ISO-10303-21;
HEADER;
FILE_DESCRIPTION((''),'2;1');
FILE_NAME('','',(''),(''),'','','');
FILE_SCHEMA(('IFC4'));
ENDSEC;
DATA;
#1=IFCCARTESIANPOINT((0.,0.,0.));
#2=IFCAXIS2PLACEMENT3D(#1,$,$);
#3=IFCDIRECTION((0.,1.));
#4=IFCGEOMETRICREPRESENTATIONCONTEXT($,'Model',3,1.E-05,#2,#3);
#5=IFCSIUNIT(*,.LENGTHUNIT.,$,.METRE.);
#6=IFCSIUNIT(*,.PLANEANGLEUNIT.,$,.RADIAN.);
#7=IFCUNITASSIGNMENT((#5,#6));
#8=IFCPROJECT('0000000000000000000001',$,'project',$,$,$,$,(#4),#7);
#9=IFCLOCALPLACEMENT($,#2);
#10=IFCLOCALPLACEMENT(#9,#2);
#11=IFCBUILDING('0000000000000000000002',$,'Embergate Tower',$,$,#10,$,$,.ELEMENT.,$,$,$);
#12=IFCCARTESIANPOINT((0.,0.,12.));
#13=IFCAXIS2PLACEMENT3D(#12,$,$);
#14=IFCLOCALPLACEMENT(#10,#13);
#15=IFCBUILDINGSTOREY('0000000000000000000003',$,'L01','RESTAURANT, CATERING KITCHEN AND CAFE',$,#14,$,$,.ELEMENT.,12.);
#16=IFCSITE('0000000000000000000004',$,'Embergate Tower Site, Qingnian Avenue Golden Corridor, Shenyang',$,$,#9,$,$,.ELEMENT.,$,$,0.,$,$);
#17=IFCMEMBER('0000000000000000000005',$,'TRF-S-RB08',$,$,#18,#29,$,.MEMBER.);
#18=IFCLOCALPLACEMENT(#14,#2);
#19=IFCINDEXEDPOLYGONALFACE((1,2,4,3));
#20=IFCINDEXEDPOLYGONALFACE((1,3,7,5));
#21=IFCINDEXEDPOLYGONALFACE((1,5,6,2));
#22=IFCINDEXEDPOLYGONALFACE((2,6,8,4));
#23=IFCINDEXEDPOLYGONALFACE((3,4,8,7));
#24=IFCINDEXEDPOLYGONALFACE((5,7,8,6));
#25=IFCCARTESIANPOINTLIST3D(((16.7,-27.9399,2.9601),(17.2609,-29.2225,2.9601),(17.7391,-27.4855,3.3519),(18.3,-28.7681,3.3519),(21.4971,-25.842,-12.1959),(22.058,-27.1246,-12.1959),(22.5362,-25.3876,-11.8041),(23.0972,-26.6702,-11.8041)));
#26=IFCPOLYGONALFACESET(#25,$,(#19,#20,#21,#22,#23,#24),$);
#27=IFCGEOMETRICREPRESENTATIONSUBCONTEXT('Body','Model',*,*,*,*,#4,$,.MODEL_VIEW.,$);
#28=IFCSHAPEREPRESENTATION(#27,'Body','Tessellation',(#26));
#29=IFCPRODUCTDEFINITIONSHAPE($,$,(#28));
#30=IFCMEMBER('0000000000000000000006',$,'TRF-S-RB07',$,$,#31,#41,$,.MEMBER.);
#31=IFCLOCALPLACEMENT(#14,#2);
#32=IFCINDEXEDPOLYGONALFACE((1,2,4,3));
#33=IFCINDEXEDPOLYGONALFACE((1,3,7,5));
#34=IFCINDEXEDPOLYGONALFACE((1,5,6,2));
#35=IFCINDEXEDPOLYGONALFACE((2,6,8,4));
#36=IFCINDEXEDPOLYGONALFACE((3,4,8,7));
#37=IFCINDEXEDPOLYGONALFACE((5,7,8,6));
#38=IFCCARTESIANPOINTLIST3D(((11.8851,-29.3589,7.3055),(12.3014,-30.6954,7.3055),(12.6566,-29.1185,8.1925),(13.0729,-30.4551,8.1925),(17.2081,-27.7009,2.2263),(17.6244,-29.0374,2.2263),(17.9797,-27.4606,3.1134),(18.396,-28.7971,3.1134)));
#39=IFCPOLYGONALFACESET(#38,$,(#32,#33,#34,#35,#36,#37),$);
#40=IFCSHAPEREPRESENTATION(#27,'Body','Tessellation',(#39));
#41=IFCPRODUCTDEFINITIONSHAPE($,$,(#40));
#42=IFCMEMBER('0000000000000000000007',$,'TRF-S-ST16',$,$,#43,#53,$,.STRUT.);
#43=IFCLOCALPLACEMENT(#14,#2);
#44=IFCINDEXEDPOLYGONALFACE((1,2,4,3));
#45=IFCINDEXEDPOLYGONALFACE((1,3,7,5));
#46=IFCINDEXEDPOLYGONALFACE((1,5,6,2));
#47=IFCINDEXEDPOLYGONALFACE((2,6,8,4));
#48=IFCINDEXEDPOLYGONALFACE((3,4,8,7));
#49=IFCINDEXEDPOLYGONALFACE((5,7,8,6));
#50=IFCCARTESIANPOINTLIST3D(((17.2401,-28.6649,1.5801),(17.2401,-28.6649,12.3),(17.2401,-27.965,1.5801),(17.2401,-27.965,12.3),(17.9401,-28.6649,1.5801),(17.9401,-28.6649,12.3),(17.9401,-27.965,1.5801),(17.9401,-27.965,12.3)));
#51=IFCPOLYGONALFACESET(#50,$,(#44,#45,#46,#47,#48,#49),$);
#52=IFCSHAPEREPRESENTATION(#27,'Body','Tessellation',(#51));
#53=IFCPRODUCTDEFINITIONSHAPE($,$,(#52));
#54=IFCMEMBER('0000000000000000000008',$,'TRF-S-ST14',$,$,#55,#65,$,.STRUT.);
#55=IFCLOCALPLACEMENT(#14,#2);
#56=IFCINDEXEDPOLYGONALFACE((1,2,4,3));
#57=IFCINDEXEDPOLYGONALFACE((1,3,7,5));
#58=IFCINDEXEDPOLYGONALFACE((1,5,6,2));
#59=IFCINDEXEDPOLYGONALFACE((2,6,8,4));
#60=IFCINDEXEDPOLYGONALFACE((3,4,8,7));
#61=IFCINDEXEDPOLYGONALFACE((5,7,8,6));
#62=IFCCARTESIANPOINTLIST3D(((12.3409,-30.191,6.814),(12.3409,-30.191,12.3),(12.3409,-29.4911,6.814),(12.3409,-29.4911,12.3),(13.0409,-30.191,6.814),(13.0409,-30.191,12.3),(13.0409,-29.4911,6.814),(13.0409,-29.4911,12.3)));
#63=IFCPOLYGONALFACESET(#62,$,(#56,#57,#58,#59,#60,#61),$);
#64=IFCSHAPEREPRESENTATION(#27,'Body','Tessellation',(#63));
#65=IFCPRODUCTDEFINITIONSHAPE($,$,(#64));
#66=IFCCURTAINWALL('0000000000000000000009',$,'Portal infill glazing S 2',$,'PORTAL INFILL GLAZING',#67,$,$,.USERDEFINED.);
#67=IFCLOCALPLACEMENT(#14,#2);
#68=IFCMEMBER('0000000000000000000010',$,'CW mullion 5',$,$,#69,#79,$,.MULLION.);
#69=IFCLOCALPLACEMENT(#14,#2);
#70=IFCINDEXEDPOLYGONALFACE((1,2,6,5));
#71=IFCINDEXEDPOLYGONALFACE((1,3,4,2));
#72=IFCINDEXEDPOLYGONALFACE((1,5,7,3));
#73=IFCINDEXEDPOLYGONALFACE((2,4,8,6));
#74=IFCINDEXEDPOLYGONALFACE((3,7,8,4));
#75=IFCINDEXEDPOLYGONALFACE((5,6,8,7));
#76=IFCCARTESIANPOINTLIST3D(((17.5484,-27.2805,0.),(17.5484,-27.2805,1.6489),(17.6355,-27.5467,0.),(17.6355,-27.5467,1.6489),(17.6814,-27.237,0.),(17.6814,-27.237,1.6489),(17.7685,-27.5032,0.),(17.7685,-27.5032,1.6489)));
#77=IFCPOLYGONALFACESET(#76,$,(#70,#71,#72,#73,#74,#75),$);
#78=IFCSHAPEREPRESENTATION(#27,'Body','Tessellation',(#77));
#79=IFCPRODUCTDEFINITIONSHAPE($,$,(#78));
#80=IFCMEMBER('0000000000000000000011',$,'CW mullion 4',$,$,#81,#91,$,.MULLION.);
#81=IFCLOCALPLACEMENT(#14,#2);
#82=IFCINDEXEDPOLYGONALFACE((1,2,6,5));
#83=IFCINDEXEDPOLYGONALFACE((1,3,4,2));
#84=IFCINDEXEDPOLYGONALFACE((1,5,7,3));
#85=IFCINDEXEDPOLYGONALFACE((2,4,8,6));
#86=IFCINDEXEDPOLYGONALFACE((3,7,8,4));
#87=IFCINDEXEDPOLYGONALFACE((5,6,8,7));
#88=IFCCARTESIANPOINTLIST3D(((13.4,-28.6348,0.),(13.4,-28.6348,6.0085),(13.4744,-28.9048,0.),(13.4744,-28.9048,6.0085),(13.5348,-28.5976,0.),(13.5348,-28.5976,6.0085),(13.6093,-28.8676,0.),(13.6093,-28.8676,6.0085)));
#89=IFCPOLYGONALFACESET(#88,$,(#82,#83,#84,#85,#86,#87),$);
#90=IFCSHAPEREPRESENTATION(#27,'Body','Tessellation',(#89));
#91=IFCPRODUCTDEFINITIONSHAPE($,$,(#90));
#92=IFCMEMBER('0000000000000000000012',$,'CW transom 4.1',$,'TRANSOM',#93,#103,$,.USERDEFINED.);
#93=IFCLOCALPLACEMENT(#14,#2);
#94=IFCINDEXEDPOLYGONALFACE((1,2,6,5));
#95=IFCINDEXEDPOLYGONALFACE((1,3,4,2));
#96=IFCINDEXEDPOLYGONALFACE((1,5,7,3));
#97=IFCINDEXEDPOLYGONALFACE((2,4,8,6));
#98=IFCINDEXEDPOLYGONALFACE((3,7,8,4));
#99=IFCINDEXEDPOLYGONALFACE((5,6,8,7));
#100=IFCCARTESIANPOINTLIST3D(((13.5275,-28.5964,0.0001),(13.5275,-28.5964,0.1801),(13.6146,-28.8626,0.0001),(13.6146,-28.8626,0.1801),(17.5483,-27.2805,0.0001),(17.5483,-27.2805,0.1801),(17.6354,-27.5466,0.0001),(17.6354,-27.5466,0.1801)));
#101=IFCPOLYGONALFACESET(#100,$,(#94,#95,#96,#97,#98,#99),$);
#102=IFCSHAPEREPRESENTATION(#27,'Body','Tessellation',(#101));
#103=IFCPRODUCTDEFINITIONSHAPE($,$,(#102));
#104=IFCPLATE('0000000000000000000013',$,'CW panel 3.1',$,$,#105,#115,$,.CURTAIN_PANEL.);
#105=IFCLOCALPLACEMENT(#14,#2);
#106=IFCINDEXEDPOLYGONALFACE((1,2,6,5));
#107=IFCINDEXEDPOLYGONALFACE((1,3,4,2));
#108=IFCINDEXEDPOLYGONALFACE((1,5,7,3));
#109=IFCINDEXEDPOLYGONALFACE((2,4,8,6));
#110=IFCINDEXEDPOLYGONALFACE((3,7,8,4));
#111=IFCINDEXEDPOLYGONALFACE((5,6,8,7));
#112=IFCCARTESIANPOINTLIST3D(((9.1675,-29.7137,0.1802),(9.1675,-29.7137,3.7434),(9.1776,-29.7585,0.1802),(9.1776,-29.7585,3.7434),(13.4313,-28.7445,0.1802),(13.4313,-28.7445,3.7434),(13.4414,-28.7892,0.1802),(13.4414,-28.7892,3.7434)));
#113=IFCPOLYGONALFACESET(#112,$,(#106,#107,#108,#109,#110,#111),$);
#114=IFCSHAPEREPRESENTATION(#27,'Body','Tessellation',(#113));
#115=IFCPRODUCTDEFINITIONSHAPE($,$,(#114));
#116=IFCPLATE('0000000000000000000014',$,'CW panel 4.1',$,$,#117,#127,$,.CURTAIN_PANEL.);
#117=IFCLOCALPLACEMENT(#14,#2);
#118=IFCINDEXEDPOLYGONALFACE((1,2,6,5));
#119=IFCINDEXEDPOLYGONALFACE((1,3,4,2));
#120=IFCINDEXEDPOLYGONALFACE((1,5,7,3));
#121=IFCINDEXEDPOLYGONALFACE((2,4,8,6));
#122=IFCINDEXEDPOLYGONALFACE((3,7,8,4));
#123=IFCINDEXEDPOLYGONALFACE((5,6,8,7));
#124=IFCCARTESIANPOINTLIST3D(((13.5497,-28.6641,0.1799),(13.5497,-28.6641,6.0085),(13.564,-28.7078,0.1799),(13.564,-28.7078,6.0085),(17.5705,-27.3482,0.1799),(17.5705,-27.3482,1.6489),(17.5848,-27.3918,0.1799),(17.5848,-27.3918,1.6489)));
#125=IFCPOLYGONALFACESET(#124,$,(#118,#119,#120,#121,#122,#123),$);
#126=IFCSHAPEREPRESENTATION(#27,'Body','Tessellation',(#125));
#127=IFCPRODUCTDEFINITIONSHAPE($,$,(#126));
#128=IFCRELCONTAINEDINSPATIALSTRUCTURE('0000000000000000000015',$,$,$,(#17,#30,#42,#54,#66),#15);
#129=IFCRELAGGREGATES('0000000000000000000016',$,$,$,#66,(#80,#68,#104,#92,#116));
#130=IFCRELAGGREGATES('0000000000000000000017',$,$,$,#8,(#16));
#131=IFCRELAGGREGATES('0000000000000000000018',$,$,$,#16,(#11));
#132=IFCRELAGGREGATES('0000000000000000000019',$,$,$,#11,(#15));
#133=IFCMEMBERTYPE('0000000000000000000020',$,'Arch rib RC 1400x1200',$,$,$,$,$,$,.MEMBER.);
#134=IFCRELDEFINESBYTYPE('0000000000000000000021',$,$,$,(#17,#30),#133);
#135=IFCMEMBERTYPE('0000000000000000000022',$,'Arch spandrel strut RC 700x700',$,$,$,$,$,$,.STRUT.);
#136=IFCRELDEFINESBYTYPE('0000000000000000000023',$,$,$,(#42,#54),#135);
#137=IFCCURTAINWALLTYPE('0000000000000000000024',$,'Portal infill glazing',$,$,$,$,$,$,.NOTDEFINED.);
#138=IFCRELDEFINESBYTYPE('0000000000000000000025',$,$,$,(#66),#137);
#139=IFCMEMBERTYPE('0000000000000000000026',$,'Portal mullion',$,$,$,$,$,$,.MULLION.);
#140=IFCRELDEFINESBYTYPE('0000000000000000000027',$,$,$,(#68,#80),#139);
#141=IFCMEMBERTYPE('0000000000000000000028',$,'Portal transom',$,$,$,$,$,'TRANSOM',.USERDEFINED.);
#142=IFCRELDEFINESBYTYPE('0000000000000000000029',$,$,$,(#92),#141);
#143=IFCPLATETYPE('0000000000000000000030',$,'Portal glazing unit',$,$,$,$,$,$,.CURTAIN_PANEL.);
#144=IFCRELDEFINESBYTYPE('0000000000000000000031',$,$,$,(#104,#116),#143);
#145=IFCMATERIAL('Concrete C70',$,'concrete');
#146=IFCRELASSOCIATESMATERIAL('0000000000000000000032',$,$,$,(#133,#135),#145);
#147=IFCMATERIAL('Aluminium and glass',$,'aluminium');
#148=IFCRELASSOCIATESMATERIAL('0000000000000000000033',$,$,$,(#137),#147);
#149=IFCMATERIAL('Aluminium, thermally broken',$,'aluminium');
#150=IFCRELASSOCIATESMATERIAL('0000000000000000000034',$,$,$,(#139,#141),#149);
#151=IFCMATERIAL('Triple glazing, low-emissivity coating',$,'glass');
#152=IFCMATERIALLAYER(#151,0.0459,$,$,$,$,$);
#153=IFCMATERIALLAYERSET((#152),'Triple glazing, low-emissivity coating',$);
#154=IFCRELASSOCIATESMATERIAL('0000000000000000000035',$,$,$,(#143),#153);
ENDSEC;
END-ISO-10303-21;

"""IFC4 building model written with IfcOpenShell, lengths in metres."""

from ifc_helpers import new_model, si_unit, direction, frame, origin, origin_2d, place, context, subcontext, project, spatial, polyline, rectangle, outline, extrude, source, transform, mapped, material, layer, layer_set, material_profile, profile_set, type_object, element, aggregate, save


model = new_model("IFC4")

# Units and contexts
model_context = context("Model", 3, precision=1e-05, world=origin(), true_north=direction((0.0, 1.0)))
body_context = subcontext(model_context, "Body", "Model", "MODEL_VIEW")
ifc_project = project(units=[si_unit("LENGTHUNIT", "METRE"), si_unit("PLANEANGLEUNIT", "RADIAN")], contexts=[model_context])

# Site, building, storey
site_placement = place(None, origin())
site = spatial("IfcSite", under=ifc_project, at=site_placement, Name="Embergate Tower Site, Qingnian Avenue Golden Corridor, Shenyang", CompositionType="ELEMENT", RefElevation=0.0)
building_placement = place(site_placement, origin())
building = spatial("IfcBuilding", under=site, at=building_placement, Name="Embergate Tower", CompositionType="ELEMENT")
storey_placement = place(building_placement, frame((0.0, 0.0, 12.0)))
storey = spatial("IfcBuildingStorey", under=building, at=storey_placement, Name="L01", Description="RESTAURANT, CATERING KITCHEN AND CAFE", CompositionType="ELEMENT", Elevation=12.0)

# Members
ifc_material_1 = material(Name="Concrete C70", Category="concrete")
ifc_material_profile_1 = material_profile(ifc_material_1, rectangle(XDim=1.3999, YDim=1.2, at=origin_2d()), Name="RC 1400x1200")
ifc_profile_set_1 = profile_set([ifc_material_profile_1], Name="Concrete C70")
member_type_1 = type_object("IfcMemberType", Name="Arch rib RC 1400x1200", PredefinedType="MEMBER", material=ifc_profile_set_1)
shared_shape_1 = source(origin(), body_context, "Body", "SweptSolid", [
    extrude(rectangle(XDim=1.3999, YDim=1.2, at=origin_2d()), origin(), (0.0, 0.0, 1.0), 16.0349),
])
member_1_placement = place(storey_placement, frame((17.5, -28.354, 3.156), z_axis=(0.299167, 0.130833, -0.945189), x_axis=(-0.400684, 0.916216, 0.0)))
element("IfcMember", 1, at=member_1_placement, inside=storey, type_object=member_type_1, Name="TRF-S-RB08", PredefinedType="MEMBER", context=body_context, shape_type="MappedRepresentation", body=[
    mapped(shared_shape_1, transform((0.0, 0.0, 0.0))),
])
shared_shape_2 = source(origin(), body_context, "Body", "SweptSolid", [
    extrude(rectangle(XDim=1.3999, YDim=1.2, at=origin_2d()), origin(), (0.0, 0.0, 1.0), 7.542),
])
member_2_placement = place(storey_placement, frame((12.479, -29.907, 7.749), z_axis=(0.705789, 0.219833, -0.67345), x_axis=(-0.29738, 0.954759, 0.0)))
element("IfcMember", 2, at=member_2_placement, inside=storey, type_object=member_type_1, Name="TRF-S-RB07", PredefinedType="MEMBER", context=body_context, shape_type="MappedRepresentation", body=[
    mapped(shared_shape_2, transform((0.0, 0.0, 0.0))),
])
ifc_material_profile_2 = material_profile(ifc_material_1, rectangle(XDim=0.7, YDim=0.7, at=origin_2d()), Name="RC 700x700")
ifc_profile_set_2 = profile_set([ifc_material_profile_2], Name="Concrete C70")
member_type_2 = type_object("IfcMemberType", Name="Arch spandrel strut RC 700x700", PredefinedType="STRUT", material=ifc_profile_set_2)
shared_shape_3 = source(origin(), body_context, "Body", "SweptSolid", [
    extrude(rectangle(XDim=0.7, YDim=0.7, at=origin_2d()), origin(), (0.0, 0.0, 1.0), 10.72),
])
member_3_placement = place(storey_placement, frame((17.5901, -28.3149, 1.5801), z_axis=(0.0, 0.0, 1.0), x_axis=(1.0, 0.0, 0.0)))
element("IfcMember", 3, at=member_3_placement, inside=storey, type_object=member_type_2, Name="TRF-S-ST16", PredefinedType="STRUT", context=body_context, shape_type="MappedRepresentation", body=[
    mapped(shared_shape_3, transform((0.0, 0.0, 0.0))),
])
shared_shape_4 = source(origin(), body_context, "Body", "SweptSolid", [
    extrude(rectangle(XDim=0.7, YDim=0.7, at=origin_2d()), origin(), (0.0, 0.0, 1.0), 5.4861),
])
member_4_placement = place(storey_placement, frame((12.6909, -29.8411, 6.814), z_axis=(0.0, 0.0, 1.0), x_axis=(1.0, 0.0, 0.0)))
element("IfcMember", 4, at=member_4_placement, inside=storey, type_object=member_type_2, Name="TRF-S-ST14", PredefinedType="STRUT", context=body_context, shape_type="MappedRepresentation", body=[
    mapped(shared_shape_4, transform((0.0, 0.0, 0.0))),
])

# Curtain wall, members, plates
ifc_material_2 = material(Name="Aluminium and glass", Category="aluminium")
curtain_wall_type = type_object("IfcCurtainWallType", Name="Portal infill glazing", PredefinedType="NOTDEFINED", material=ifc_material_2)
curtain_wall_placement = place(storey_placement, origin())
curtain_wall = element("IfcCurtainWall", 5, at=curtain_wall_placement, inside=storey, type_object=curtain_wall_type, Name="Portal infill glazing S 2", ObjectType="PORTAL INFILL GLAZING", PredefinedType="USERDEFINED")
ifc_material_3 = material(Name="Aluminium, thermally broken", Category="aluminium")
ifc_material_profile_3 = material_profile(ifc_material_3, rectangle(XDim=0.28, YDim=0.1399, at=origin_2d()), Name="AL 140x280")
ifc_profile_set_3 = profile_set([ifc_material_profile_3], Name="Aluminium, thermally broken")
member_type_3 = type_object("IfcMemberType", Name="Portal mullion", PredefinedType="MULLION", material=ifc_profile_set_3)
shared_shape_5 = source(origin(), body_context, "Body", "SweptSolid", [
    extrude(rectangle(XDim=0.28, YDim=0.1399, at=origin_2d()), origin(), (0.0, 0.0, 1.0), 1.6489),
])
member_5_placement = place(storey_placement, frame((17.6584, -27.3918, 0.0), z_axis=(0.0, 0.0, 1.0), x_axis=(-0.311045, 0.950395, 0.0)))
member_5 = element("IfcMember", 6, at=member_5_placement, type_object=member_type_3, Name="CW mullion 5", PredefinedType="MULLION", context=body_context, shape_type="MappedRepresentation", body=[
    mapped(shared_shape_5, transform((0.0, 0.0, 0.0))),
])
shared_shape_6 = source(origin(), body_context, "Body", "SweptSolid", [
    extrude(rectangle(XDim=0.28, YDim=0.1399, at=origin_2d()), origin(), (0.0, 0.0, 1.0), 6.0085),
])
member_6_placement = place(storey_placement, frame((13.5046, -28.7512, 0.0), z_axis=(0.0, 0.0, 1.0), x_axis=(-0.265925, 0.963994, 0.0)))
member_6 = element("IfcMember", 7, at=member_6_placement, type_object=member_type_3, Name="CW mullion 4", PredefinedType="MULLION", context=body_context, shape_type="MappedRepresentation", body=[
    mapped(shared_shape_6, transform((0.0, 0.0, 0.0))),
])
ifc_material_profile_4 = material_profile(ifc_material_3, rectangle(XDim=0.28, YDim=0.1799, at=origin_2d()), Name="AL 180x280")
ifc_profile_set_4 = profile_set([ifc_material_profile_4], Name="Aluminium, thermally broken")
member_type_4 = type_object("IfcMemberType", Name="Portal transom", ElementType="TRANSOM", PredefinedType="USERDEFINED", material=ifc_profile_set_4)
shared_shape_7 = source(origin(), body_context, "Body", "SweptSolid", [
    extrude(rectangle(XDim=0.28, YDim=0.1799, at=origin_2d()), origin(), (0.0, 0.0, 1.0), 4.2307),
])
member_7_placement = place(storey_placement, frame((13.571, -28.7295, 0.0901), z_axis=(0.950395, 0.311047, 0.0), x_axis=(-0.311047, 0.950395, 0.0)))
member_7 = element("IfcMember", 8, at=member_7_placement, type_object=member_type_4, Name="CW transom 4.1", ObjectType="TRANSOM", PredefinedType="USERDEFINED", context=body_context, shape_type="MappedRepresentation", body=[
    mapped(shared_shape_7, transform((0.0, 0.0, 0.0))),
])
ifc_material_4 = material(Name="Triple glazing, low-emissivity coating", Category="glass")
ifc_layer_1 = layer(ifc_material_4, 0.0459)
ifc_layer_set_1 = layer_set([ifc_layer_1], Name="Triple glazing, low-emissivity coating")
plate_type = type_object("IfcPlateType", Name="Portal glazing unit", PredefinedType="CURTAIN_PANEL", material=ifc_layer_set_1)
shared_shape_8 = source(origin(), body_context, "Body", "SweptSolid", [
    extrude(rectangle(XDim=4.3726, YDim=0.0459, at=origin_2d()), origin(), (0.0, 0.0, 1.0), 3.5632),
])
plate_1_placement = place(storey_placement, frame((11.3044, -29.2515, 0.1802), z_axis=(0.0, 0.0, 1.0), x_axis=(0.975124, 0.221659, 0.0)))
plate_1 = element("IfcPlate", 9, at=plate_1_placement, type_object=plate_type, Name="CW panel 3.1", PredefinedType="CURTAIN_PANEL", context=body_context, shape_type="MappedRepresentation", body=[
    mapped(shared_shape_8, transform((0.0, 0.0, 0.0))),
])
shared_shape_9 = source(origin(), body_context, "Body", "SweptSolid", [
    extrude(outline(polyline([(0.0, 0.0), (4.2307, 0.0), (4.2307, 1.469), (0.0, 5.8286), (0.0, 0.0)])), origin(), (0.0, 0.0, -1.0), 0.0459),
])
plate_2_placement = place(storey_placement, frame((13.564, -28.7078, 0.1799), z_axis=(0.311047, -0.950395, 0.0), x_axis=(0.950395, 0.311047, 0.0)))
plate_2 = element("IfcPlate", 10, at=plate_2_placement, type_object=plate_type, Name="CW panel 4.1", PredefinedType="CURTAIN_PANEL", context=body_context, shape_type="MappedRepresentation", body=[
    mapped(shared_shape_9, transform((0.0, 0.0, 0.0))),
])
aggregate(curtain_wall, [member_6, member_5, plate_1, member_7, plate_2])

save(model, "model.ifc")
